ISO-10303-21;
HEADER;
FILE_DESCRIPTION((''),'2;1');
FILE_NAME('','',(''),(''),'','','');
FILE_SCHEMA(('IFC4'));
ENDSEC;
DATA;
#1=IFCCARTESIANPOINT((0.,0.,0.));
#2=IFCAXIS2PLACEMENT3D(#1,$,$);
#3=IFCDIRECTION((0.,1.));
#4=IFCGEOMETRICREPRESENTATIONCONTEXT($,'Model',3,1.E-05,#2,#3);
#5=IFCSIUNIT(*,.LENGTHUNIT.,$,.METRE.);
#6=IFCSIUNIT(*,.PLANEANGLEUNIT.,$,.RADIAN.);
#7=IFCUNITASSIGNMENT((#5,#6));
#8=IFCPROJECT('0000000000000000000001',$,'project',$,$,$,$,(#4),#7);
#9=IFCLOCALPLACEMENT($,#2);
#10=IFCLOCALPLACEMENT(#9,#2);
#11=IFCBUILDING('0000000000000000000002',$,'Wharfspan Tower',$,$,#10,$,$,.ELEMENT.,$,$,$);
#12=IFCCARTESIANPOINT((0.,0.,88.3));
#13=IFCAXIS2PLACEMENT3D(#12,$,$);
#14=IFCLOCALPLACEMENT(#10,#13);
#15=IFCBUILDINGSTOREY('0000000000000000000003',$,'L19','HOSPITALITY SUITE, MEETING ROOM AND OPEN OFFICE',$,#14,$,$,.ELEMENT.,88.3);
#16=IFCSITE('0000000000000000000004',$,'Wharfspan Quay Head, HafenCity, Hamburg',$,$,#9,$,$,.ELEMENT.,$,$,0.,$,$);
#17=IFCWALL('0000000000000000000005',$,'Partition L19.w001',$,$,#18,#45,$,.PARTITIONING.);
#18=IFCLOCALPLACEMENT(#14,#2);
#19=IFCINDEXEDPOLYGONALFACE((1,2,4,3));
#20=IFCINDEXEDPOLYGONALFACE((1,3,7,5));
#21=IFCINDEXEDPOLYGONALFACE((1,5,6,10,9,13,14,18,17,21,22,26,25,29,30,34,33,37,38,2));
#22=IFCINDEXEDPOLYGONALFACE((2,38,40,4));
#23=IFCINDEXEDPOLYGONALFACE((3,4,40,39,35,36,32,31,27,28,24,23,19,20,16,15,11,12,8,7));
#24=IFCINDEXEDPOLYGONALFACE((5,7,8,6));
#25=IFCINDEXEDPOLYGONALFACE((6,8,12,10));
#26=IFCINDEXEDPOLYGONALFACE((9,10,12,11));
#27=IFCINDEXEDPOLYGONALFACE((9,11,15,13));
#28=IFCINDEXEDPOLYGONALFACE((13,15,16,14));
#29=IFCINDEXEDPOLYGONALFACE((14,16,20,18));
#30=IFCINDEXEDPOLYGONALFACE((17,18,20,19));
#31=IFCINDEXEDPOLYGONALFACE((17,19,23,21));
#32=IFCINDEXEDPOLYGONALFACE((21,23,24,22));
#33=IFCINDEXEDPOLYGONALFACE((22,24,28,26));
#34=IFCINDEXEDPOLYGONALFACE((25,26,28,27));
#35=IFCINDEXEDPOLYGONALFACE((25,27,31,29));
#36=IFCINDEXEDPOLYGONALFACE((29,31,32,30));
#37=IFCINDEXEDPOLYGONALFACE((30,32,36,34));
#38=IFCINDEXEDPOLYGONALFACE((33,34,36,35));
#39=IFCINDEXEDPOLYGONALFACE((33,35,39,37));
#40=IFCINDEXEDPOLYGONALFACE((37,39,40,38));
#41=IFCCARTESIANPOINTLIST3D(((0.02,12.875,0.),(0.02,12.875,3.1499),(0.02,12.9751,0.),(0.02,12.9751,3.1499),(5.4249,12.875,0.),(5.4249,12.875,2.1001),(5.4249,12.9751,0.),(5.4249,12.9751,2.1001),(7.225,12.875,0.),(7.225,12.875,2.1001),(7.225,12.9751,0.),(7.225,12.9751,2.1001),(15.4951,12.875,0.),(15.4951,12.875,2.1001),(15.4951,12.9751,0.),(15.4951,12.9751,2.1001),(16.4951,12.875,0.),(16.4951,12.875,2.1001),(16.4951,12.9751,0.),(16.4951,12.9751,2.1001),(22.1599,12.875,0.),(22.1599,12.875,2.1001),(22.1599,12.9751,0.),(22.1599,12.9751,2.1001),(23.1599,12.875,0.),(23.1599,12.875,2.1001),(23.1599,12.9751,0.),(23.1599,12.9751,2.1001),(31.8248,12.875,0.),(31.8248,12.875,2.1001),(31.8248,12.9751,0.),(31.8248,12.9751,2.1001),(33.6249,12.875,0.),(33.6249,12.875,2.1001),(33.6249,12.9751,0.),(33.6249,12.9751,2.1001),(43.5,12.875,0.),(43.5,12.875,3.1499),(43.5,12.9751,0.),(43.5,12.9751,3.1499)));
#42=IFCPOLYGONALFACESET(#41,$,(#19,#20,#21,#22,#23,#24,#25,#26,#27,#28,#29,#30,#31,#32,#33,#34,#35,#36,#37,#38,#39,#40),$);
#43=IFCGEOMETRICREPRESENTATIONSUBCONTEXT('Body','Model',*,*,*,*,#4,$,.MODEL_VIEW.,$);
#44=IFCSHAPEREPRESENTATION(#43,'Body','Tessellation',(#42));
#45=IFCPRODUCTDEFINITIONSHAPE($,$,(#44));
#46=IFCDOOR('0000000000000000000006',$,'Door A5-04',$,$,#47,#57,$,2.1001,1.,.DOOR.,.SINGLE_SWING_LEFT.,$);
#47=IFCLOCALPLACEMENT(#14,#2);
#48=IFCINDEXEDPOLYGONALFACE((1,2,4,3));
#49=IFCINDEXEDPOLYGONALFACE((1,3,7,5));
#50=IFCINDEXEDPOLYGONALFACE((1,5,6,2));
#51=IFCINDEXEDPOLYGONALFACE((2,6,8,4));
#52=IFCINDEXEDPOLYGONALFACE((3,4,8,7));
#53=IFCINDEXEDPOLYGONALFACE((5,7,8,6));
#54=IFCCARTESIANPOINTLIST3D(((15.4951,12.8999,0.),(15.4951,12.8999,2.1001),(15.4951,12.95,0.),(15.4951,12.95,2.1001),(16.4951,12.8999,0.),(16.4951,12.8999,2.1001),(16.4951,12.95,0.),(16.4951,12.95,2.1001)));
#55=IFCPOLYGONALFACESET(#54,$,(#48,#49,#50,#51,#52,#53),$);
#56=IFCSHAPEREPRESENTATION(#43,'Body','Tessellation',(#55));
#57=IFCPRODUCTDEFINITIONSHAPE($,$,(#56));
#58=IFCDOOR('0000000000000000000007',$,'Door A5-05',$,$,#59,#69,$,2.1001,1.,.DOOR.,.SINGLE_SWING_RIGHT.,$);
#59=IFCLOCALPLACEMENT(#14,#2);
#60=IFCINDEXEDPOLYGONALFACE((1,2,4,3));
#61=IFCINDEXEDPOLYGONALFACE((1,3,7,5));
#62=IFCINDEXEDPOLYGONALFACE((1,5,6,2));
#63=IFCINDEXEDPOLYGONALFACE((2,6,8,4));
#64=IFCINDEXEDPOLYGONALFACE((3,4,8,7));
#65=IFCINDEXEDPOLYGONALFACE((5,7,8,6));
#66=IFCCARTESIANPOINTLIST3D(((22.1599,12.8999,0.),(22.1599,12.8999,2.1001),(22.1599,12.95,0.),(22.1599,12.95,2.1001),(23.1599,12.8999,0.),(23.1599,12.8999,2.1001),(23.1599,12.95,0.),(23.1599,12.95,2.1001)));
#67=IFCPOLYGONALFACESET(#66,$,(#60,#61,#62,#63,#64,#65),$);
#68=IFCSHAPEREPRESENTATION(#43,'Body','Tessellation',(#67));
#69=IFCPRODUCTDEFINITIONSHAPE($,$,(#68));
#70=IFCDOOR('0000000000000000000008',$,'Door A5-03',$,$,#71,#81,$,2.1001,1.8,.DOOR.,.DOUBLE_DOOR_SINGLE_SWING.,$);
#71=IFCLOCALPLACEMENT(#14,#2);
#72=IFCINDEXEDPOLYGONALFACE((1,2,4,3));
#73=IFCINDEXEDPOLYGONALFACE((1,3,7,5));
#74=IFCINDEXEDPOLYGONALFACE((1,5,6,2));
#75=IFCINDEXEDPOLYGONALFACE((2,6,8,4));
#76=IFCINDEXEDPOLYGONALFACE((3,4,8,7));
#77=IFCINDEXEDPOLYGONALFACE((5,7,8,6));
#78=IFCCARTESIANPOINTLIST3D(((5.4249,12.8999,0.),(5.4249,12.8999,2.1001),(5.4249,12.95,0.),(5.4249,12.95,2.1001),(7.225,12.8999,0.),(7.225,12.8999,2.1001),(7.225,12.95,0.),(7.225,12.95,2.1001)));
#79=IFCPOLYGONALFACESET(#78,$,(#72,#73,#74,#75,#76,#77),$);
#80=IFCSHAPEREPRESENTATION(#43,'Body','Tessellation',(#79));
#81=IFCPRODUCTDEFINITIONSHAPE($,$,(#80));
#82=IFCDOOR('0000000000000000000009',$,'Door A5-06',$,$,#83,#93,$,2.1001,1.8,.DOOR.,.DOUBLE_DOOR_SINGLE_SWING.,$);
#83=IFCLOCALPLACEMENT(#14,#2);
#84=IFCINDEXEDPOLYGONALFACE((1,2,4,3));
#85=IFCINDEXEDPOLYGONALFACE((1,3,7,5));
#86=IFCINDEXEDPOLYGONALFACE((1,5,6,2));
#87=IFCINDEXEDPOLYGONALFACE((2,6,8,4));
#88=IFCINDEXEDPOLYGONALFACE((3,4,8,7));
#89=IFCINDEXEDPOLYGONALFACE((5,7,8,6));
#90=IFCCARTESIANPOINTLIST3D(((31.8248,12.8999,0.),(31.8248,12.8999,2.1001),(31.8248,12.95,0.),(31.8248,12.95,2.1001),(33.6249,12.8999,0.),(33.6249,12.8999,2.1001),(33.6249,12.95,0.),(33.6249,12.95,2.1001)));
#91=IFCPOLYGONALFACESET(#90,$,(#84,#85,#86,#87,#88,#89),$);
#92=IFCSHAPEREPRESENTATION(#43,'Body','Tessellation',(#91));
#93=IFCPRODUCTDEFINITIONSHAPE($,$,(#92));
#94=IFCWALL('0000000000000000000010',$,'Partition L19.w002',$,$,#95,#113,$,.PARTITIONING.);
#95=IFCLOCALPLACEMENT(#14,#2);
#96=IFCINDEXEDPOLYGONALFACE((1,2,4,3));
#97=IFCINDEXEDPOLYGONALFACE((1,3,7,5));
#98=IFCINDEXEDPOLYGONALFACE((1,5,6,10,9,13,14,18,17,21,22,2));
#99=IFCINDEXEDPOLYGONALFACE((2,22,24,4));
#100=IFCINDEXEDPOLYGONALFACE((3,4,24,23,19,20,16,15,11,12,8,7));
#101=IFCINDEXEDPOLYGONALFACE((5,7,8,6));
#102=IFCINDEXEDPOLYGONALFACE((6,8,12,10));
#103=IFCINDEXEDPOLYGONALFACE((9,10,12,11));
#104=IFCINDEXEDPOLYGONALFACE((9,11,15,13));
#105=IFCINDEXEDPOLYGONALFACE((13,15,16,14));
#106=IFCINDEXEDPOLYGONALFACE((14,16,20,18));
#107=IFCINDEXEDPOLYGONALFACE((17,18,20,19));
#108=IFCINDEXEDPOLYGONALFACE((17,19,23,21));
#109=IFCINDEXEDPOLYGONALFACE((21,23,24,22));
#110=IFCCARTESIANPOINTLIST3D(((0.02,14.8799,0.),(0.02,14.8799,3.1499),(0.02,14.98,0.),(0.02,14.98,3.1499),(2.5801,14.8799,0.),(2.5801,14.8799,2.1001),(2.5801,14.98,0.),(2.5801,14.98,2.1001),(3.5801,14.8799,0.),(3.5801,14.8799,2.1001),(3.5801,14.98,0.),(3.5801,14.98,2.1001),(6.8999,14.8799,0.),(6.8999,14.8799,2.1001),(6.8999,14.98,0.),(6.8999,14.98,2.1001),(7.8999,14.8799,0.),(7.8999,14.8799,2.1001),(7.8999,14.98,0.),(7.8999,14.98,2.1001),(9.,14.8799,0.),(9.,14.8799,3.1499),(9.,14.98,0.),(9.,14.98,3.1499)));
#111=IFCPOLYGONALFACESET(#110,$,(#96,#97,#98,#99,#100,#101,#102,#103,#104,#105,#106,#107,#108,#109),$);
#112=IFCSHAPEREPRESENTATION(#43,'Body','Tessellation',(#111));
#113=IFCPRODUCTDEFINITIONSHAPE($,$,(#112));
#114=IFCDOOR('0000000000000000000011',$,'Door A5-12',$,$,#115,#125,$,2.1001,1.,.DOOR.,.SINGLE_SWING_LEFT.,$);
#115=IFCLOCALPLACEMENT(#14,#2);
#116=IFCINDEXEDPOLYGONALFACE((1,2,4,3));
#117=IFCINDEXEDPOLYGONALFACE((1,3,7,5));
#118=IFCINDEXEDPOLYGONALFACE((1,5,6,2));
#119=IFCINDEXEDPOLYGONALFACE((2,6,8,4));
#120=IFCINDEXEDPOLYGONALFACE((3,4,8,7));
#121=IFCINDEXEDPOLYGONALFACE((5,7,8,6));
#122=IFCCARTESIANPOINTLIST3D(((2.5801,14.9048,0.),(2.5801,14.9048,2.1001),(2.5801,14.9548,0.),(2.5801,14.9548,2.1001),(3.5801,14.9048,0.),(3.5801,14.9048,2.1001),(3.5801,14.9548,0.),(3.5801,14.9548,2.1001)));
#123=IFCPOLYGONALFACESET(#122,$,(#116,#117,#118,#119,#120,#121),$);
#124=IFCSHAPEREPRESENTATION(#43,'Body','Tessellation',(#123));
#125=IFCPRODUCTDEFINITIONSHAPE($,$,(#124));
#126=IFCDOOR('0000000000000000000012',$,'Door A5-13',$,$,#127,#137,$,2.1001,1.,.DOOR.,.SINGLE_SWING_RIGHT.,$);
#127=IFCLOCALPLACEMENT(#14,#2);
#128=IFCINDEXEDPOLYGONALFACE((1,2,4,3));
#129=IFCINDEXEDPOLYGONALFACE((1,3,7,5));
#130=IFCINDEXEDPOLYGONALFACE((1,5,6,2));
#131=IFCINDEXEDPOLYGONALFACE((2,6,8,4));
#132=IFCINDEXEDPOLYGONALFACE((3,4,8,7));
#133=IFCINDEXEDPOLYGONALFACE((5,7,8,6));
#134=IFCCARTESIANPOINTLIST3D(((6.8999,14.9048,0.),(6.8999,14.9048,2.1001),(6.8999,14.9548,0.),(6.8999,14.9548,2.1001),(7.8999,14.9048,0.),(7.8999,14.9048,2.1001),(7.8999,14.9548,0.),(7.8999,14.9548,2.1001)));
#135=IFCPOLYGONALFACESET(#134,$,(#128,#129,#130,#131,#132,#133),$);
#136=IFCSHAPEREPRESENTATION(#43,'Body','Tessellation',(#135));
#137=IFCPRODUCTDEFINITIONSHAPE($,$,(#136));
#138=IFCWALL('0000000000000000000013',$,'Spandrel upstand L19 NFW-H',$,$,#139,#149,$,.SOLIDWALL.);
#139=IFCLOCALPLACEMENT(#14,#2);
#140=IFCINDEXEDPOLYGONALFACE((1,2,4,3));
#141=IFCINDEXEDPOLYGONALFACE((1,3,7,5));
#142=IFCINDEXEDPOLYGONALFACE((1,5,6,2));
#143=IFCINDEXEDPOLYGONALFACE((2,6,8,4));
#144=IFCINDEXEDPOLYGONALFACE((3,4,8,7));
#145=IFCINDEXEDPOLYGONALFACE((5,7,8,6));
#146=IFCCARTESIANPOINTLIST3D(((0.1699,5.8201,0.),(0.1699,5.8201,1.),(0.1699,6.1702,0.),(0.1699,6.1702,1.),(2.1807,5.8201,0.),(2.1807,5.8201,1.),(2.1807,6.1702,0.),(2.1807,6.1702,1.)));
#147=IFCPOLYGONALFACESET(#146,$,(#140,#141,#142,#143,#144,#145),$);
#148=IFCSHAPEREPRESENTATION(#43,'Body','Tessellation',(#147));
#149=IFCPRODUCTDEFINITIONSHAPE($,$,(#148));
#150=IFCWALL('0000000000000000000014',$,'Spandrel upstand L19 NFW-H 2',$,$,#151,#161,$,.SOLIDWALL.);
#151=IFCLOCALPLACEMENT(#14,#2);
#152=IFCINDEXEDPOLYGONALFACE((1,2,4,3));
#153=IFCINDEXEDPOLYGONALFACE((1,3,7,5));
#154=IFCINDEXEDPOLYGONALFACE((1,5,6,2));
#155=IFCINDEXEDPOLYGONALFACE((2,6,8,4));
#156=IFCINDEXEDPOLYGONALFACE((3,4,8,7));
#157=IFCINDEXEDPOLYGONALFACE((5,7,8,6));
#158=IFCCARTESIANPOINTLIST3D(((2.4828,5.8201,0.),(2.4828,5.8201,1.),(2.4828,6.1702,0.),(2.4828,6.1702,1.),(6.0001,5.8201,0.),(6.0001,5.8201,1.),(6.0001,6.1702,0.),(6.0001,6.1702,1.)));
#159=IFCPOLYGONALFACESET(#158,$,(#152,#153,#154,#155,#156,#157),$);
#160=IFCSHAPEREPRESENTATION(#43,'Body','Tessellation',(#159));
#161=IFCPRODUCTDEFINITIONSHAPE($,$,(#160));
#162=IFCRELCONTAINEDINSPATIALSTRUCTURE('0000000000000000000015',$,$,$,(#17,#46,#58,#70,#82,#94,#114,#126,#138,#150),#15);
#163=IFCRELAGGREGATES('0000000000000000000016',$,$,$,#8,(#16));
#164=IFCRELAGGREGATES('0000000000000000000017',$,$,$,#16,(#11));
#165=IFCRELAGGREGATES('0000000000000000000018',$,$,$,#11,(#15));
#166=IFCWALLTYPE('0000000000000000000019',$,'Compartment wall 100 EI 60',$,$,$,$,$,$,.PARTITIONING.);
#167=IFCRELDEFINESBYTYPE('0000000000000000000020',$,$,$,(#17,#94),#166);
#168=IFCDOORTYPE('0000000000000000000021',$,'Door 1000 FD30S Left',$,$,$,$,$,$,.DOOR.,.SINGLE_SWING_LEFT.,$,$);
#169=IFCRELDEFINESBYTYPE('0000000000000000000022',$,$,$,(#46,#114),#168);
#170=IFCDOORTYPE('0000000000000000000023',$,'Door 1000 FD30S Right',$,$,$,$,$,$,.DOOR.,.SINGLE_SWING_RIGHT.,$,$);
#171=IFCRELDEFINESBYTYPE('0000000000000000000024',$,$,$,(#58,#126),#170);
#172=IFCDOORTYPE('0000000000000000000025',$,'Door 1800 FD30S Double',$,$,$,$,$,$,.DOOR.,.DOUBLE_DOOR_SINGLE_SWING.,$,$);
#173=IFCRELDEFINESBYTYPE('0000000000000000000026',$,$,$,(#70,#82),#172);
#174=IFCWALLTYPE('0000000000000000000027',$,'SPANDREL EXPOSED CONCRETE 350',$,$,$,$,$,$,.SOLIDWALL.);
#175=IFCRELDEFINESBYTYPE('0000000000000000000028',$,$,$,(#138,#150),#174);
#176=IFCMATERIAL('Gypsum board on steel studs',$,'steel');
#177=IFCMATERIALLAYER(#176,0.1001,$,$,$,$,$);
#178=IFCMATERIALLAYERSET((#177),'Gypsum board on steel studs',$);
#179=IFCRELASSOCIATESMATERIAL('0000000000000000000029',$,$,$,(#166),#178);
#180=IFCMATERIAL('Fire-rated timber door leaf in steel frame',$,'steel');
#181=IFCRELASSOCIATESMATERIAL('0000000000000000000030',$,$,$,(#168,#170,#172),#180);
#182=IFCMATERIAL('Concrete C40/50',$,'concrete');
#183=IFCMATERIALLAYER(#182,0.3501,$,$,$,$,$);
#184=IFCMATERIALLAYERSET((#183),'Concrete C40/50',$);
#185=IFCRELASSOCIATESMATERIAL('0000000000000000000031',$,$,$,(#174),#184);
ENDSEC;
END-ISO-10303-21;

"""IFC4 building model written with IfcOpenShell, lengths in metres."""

from ifc_helpers import new_model, si_unit, direction, frame, frame_2d, origin, place, context, subcontext, project, spatial, rectangle, extrude, material, layer, layer_set, type_object, element, fill, save


model = new_model("IFC4")

# Units and contexts
model_context = context("Model", 3, precision=1e-05, world=origin(), true_north=direction((0.0, 1.0)))
body_context = subcontext(model_context, "Body", "Model", "MODEL_VIEW")
ifc_project = project(units=[si_unit("LENGTHUNIT", "METRE"), si_unit("PLANEANGLEUNIT", "RADIAN")], contexts=[model_context])

# Site, building, storey
site_placement = place(None, origin())
site = spatial("IfcSite", under=ifc_project, at=site_placement, Name="Wharfspan Quay Head, HafenCity, Hamburg", CompositionType="ELEMENT", RefElevation=0.0)
building_placement = place(site_placement, origin())
building = spatial("IfcBuilding", under=site, at=building_placement, Name="Wharfspan Tower", CompositionType="ELEMENT")
storey_placement = place(building_placement, frame((0.0, 0.0, 88.3)))
storey = spatial("IfcBuildingStorey", under=building, at=storey_placement, Name="L19", Description="HOSPITALITY SUITE, MEETING ROOM AND OPEN OFFICE", CompositionType="ELEMENT", Elevation=88.3)

# Shared definitions
ifc_material_1 = material(Name="Concrete C40/50", Category="concrete")

# Walls, openings, doors
ifc_material_2 = material(Name="Gypsum board on steel studs", Category="steel")
ifc_layer_1 = layer(ifc_material_2, 0.1001)
ifc_layer_set_1 = layer_set([ifc_layer_1], Name="Gypsum board on steel studs")
wall_type_1 = type_object("IfcWallType", Name="Compartment wall 100 EI 60", PredefinedType="PARTITIONING", material=ifc_layer_set_1)
wall_1_placement = place(storey_placement, frame((0.02, 12.925, 0.0), z_axis=(0.0, 0.0, 1.0), x_axis=(1.0, 0.0, 0.0)))
wall_1 = element("IfcWall", 1, at=wall_1_placement, inside=storey, type_object=wall_type_1, Name="Partition L19.w001", PredefinedType="PARTITIONING", context=body_context, shape_type="SweptSolid", body=[
    extrude(rectangle(XDim=43.48, YDim=0.1001, at=frame_2d((21.74, 0.0))), origin(), (0.0, 0.0, 1.0), 3.1499),
])
opening_1_placement = place(wall_1_placement, frame((5.405, 0.0, 0.0)))
opening_1 = element("IfcOpeningElement", 2, at=opening_1_placement, cuts=wall_1, PredefinedType="OPENING", context=body_context, shape_type="SweptSolid", body=[
    extrude(rectangle(XDim=1.8, YDim=2.1001, at=frame_2d((0.8999, 1.05))), frame((0.0, 0.0601, 0.0), z_axis=(0.0, -1.0, 0.0), x_axis=(1.0, 0.0, 0.0)), (0.0, 0.0, 1.0), 0.1201),
])
opening_2_placement = place(wall_1_placement, frame((15.4751, 0.0, 0.0)))
opening_2 = element("IfcOpeningElement", 3, at=opening_2_placement, cuts=wall_1, PredefinedType="OPENING", context=body_context, shape_type="SweptSolid", body=[
    extrude(rectangle(XDim=1.0, YDim=2.1001, at=frame_2d((0.5, 1.05))), frame((0.0, 0.0601, 0.0), z_axis=(0.0, -1.0, 0.0), x_axis=(1.0, 0.0, 0.0)), (0.0, 0.0, 1.0), 0.1201),
])
opening_3_placement = place(wall_1_placement, frame((22.1399, 0.0, 0.0)))
opening_3 = element("IfcOpeningElement", 4, at=opening_3_placement, cuts=wall_1, PredefinedType="OPENING", context=body_context, shape_type="SweptSolid", body=[
    extrude(rectangle(XDim=1.0, YDim=2.1001, at=frame_2d((0.5, 1.05))), frame((0.0, 0.0601, 0.0), z_axis=(0.0, -1.0, 0.0), x_axis=(1.0, 0.0, 0.0)), (0.0, 0.0, 1.0), 0.1201),
])
opening_4_placement = place(wall_1_placement, frame((31.8049, 0.0, 0.0)))
opening_4 = element("IfcOpeningElement", 5, at=opening_4_placement, cuts=wall_1, PredefinedType="OPENING", context=body_context, shape_type="SweptSolid", body=[
    extrude(rectangle(XDim=1.8, YDim=2.1001, at=frame_2d((0.8999, 1.05))), frame((0.0, 0.0601, 0.0), z_axis=(0.0, -1.0, 0.0), x_axis=(1.0, 0.0, 0.0)), (0.0, 0.0, 1.0), 0.1201),
])
ifc_material_3 = material(Name="Fire-rated timber door leaf in steel frame", Category="steel")
door_type_1 = type_object("IfcDoorType", Name="Door 1000 FD30S Left", OperationType="SINGLE_SWING_LEFT", PredefinedType="DOOR", material=ifc_material_3)
door_1_placement = place(opening_2_placement, origin())
door_1 = element("IfcDoor", 6, at=door_1_placement, inside=storey, type_object=door_type_1, Name="Door A5-04", OperationType="SINGLE_SWING_LEFT", OverallHeight=2.1001, OverallWidth=1.0, PredefinedType="DOOR", context=body_context, shape_type="SweptSolid", body=[
    extrude(rectangle(XDim=1.0, YDim=2.1001, at=frame_2d((0.5, 1.05))), frame((0.0, 0.0249, 0.0), z_axis=(0.0, -1.0, 0.0), x_axis=(1.0, 0.0, 0.0)), (0.0, 0.0, 1.0), 0.05),
])
fill(opening_2, door_1)
door_type_2 = type_object("IfcDoorType", Name="Door 1000 FD30S Right", OperationType="SINGLE_SWING_RIGHT", PredefinedType="DOOR", material=ifc_material_3)
door_2_placement = place(opening_3_placement, origin())
door_2 = element("IfcDoor", 7, at=door_2_placement, inside=storey, type_object=door_type_2, Name="Door A5-05", OperationType="SINGLE_SWING_RIGHT", OverallHeight=2.1001, OverallWidth=1.0, PredefinedType="DOOR", context=body_context, shape_type="SweptSolid", body=[
    extrude(rectangle(XDim=1.0, YDim=2.1001, at=frame_2d((0.5, 1.05))), frame((0.0, 0.0249, 0.0), z_axis=(0.0, -1.0, 0.0), x_axis=(1.0, 0.0, 0.0)), (0.0, 0.0, 1.0), 0.05),
])
fill(opening_3, door_2)
door_type_3 = type_object("IfcDoorType", Name="Door 1800 FD30S Double", OperationType="DOUBLE_DOOR_SINGLE_SWING", PredefinedType="DOOR", material=ifc_material_3)
door_3_placement = place(opening_1_placement, origin())
door_3 = element("IfcDoor", 8, at=door_3_placement, inside=storey, type_object=door_type_3, Name="Door A5-03", OperationType="DOUBLE_DOOR_SINGLE_SWING", OverallHeight=2.1001, OverallWidth=1.8, PredefinedType="DOOR", context=body_context, shape_type="SweptSolid", body=[
    extrude(rectangle(XDim=1.8, YDim=2.1001, at=frame_2d((0.8999, 1.05))), frame((0.0, 0.0249, 0.0), z_axis=(0.0, -1.0, 0.0), x_axis=(1.0, 0.0, 0.0)), (0.0, 0.0, 1.0), 0.05),
])
fill(opening_1, door_3)
door_4_placement = place(opening_4_placement, origin())
door_4 = element("IfcDoor", 9, at=door_4_placement, inside=storey, type_object=door_type_3, Name="Door A5-06", OperationType="DOUBLE_DOOR_SINGLE_SWING", OverallHeight=2.1001, OverallWidth=1.8, PredefinedType="DOOR", context=body_context, shape_type="SweptSolid", body=[
    extrude(rectangle(XDim=1.8, YDim=2.1001, at=frame_2d((0.8999, 1.05))), frame((0.0, 0.0249, 0.0), z_axis=(0.0, -1.0, 0.0), x_axis=(1.0, 0.0, 0.0)), (0.0, 0.0, 1.0), 0.05),
])
fill(opening_4, door_4)
wall_2_placement = place(storey_placement, frame((0.02, 14.9299, 0.0), z_axis=(0.0, 0.0, 1.0), x_axis=(1.0, 0.0, 0.0)))
wall_2 = element("IfcWall", 10, at=wall_2_placement, inside=storey, type_object=wall_type_1, Name="Partition L19.w002", PredefinedType="PARTITIONING", context=body_context, shape_type="SweptSolid", body=[
    extrude(rectangle(XDim=8.98, YDim=0.1001, at=frame_2d((4.49, 0.0))), origin(), (0.0, 0.0, 1.0), 3.1499),
])
opening_5_placement = place(wall_2_placement, frame((2.5601, 0.0, 0.0)))
opening_5 = element("IfcOpeningElement", 11, at=opening_5_placement, cuts=wall_2, PredefinedType="OPENING", context=body_context, shape_type="SweptSolid", body=[
    extrude(rectangle(XDim=1.0, YDim=2.1001, at=frame_2d((0.5, 1.05))), frame((0.0, 0.0601, 0.0), z_axis=(0.0, -1.0, 0.0), x_axis=(1.0, 0.0, 0.0)), (0.0, 0.0, 1.0), 0.1201),
])
opening_6_placement = place(wall_2_placement, frame((6.8799, 0.0, 0.0)))
opening_6 = element("IfcOpeningElement", 12, at=opening_6_placement, cuts=wall_2, PredefinedType="OPENING", context=body_context, shape_type="SweptSolid", body=[
    extrude(rectangle(XDim=1.0, YDim=2.1001, at=frame_2d((0.5, 1.05))), frame((0.0, 0.0601, 0.0), z_axis=(0.0, -1.0, 0.0), x_axis=(1.0, 0.0, 0.0)), (0.0, 0.0, 1.0), 0.1201),
])
door_5_placement = place(opening_5_placement, origin())
door_5 = element("IfcDoor", 13, at=door_5_placement, inside=storey, type_object=door_type_1, Name="Door A5-12", OperationType="SINGLE_SWING_LEFT", OverallHeight=2.1001, OverallWidth=1.0, PredefinedType="DOOR", context=body_context, shape_type="SweptSolid", body=[
    extrude(rectangle(XDim=1.0, YDim=2.1001, at=frame_2d((0.5, 1.05))), frame((0.0, 0.0249, 0.0), z_axis=(0.0, -1.0, 0.0), x_axis=(1.0, 0.0, 0.0)), (0.0, 0.0, 1.0), 0.05),
])
fill(opening_5, door_5)
door_6_placement = place(opening_6_placement, origin())
door_6 = element("IfcDoor", 14, at=door_6_placement, inside=storey, type_object=door_type_2, Name="Door A5-13", OperationType="SINGLE_SWING_RIGHT", OverallHeight=2.1001, OverallWidth=1.0, PredefinedType="DOOR", context=body_context, shape_type="SweptSolid", body=[
    extrude(rectangle(XDim=1.0, YDim=2.1001, at=frame_2d((0.5, 1.05))), frame((0.0, 0.0249, 0.0), z_axis=(0.0, -1.0, 0.0), x_axis=(1.0, 0.0, 0.0)), (0.0, 0.0, 1.0), 0.05),
])
fill(opening_6, door_6)

# Walls
ifc_layer_2 = layer(ifc_material_1, 0.3501)
ifc_layer_set_2 = layer_set([ifc_layer_2], Name="Concrete C40/50")
wall_type_2 = type_object("IfcWallType", Name="SPANDREL EXPOSED CONCRETE 350", PredefinedType="SOLIDWALL", material=ifc_layer_set_2)
wall_3_placement = place(storey_placement, frame((0.1699, 5.9951, 0.0), z_axis=(0.0, 0.0, 1.0), x_axis=(1.0, 0.0, 0.0)))
element("IfcWall", 15, at=wall_3_placement, inside=storey, type_object=wall_type_2, Name="Spandrel upstand L19 NFW-H", PredefinedType="SOLIDWALL", context=body_context, shape_type="SweptSolid", body=[
    extrude(rectangle(XDim=2.0107, YDim=0.3501, at=frame_2d((1.0054, 0.0))), origin(), (0.0, 0.0, 1.0), 1.0),
])
wall_4_placement = place(storey_placement, frame((2.4827, 5.9951, 0.0), z_axis=(0.0, 0.0, 1.0), x_axis=(1.0, 0.0, 0.0)))
element("IfcWall", 16, at=wall_4_placement, inside=storey, type_object=wall_type_2, Name="Spandrel upstand L19 NFW-H 2", PredefinedType="SOLIDWALL", context=body_context, shape_type="SweptSolid", body=[
    extrude(rectangle(XDim=3.5173, YDim=0.3501, at=frame_2d((1.7588, 0.0))), origin(), (0.0, 0.0, 1.0), 1.0),
])

save(model, "model.ifc")
